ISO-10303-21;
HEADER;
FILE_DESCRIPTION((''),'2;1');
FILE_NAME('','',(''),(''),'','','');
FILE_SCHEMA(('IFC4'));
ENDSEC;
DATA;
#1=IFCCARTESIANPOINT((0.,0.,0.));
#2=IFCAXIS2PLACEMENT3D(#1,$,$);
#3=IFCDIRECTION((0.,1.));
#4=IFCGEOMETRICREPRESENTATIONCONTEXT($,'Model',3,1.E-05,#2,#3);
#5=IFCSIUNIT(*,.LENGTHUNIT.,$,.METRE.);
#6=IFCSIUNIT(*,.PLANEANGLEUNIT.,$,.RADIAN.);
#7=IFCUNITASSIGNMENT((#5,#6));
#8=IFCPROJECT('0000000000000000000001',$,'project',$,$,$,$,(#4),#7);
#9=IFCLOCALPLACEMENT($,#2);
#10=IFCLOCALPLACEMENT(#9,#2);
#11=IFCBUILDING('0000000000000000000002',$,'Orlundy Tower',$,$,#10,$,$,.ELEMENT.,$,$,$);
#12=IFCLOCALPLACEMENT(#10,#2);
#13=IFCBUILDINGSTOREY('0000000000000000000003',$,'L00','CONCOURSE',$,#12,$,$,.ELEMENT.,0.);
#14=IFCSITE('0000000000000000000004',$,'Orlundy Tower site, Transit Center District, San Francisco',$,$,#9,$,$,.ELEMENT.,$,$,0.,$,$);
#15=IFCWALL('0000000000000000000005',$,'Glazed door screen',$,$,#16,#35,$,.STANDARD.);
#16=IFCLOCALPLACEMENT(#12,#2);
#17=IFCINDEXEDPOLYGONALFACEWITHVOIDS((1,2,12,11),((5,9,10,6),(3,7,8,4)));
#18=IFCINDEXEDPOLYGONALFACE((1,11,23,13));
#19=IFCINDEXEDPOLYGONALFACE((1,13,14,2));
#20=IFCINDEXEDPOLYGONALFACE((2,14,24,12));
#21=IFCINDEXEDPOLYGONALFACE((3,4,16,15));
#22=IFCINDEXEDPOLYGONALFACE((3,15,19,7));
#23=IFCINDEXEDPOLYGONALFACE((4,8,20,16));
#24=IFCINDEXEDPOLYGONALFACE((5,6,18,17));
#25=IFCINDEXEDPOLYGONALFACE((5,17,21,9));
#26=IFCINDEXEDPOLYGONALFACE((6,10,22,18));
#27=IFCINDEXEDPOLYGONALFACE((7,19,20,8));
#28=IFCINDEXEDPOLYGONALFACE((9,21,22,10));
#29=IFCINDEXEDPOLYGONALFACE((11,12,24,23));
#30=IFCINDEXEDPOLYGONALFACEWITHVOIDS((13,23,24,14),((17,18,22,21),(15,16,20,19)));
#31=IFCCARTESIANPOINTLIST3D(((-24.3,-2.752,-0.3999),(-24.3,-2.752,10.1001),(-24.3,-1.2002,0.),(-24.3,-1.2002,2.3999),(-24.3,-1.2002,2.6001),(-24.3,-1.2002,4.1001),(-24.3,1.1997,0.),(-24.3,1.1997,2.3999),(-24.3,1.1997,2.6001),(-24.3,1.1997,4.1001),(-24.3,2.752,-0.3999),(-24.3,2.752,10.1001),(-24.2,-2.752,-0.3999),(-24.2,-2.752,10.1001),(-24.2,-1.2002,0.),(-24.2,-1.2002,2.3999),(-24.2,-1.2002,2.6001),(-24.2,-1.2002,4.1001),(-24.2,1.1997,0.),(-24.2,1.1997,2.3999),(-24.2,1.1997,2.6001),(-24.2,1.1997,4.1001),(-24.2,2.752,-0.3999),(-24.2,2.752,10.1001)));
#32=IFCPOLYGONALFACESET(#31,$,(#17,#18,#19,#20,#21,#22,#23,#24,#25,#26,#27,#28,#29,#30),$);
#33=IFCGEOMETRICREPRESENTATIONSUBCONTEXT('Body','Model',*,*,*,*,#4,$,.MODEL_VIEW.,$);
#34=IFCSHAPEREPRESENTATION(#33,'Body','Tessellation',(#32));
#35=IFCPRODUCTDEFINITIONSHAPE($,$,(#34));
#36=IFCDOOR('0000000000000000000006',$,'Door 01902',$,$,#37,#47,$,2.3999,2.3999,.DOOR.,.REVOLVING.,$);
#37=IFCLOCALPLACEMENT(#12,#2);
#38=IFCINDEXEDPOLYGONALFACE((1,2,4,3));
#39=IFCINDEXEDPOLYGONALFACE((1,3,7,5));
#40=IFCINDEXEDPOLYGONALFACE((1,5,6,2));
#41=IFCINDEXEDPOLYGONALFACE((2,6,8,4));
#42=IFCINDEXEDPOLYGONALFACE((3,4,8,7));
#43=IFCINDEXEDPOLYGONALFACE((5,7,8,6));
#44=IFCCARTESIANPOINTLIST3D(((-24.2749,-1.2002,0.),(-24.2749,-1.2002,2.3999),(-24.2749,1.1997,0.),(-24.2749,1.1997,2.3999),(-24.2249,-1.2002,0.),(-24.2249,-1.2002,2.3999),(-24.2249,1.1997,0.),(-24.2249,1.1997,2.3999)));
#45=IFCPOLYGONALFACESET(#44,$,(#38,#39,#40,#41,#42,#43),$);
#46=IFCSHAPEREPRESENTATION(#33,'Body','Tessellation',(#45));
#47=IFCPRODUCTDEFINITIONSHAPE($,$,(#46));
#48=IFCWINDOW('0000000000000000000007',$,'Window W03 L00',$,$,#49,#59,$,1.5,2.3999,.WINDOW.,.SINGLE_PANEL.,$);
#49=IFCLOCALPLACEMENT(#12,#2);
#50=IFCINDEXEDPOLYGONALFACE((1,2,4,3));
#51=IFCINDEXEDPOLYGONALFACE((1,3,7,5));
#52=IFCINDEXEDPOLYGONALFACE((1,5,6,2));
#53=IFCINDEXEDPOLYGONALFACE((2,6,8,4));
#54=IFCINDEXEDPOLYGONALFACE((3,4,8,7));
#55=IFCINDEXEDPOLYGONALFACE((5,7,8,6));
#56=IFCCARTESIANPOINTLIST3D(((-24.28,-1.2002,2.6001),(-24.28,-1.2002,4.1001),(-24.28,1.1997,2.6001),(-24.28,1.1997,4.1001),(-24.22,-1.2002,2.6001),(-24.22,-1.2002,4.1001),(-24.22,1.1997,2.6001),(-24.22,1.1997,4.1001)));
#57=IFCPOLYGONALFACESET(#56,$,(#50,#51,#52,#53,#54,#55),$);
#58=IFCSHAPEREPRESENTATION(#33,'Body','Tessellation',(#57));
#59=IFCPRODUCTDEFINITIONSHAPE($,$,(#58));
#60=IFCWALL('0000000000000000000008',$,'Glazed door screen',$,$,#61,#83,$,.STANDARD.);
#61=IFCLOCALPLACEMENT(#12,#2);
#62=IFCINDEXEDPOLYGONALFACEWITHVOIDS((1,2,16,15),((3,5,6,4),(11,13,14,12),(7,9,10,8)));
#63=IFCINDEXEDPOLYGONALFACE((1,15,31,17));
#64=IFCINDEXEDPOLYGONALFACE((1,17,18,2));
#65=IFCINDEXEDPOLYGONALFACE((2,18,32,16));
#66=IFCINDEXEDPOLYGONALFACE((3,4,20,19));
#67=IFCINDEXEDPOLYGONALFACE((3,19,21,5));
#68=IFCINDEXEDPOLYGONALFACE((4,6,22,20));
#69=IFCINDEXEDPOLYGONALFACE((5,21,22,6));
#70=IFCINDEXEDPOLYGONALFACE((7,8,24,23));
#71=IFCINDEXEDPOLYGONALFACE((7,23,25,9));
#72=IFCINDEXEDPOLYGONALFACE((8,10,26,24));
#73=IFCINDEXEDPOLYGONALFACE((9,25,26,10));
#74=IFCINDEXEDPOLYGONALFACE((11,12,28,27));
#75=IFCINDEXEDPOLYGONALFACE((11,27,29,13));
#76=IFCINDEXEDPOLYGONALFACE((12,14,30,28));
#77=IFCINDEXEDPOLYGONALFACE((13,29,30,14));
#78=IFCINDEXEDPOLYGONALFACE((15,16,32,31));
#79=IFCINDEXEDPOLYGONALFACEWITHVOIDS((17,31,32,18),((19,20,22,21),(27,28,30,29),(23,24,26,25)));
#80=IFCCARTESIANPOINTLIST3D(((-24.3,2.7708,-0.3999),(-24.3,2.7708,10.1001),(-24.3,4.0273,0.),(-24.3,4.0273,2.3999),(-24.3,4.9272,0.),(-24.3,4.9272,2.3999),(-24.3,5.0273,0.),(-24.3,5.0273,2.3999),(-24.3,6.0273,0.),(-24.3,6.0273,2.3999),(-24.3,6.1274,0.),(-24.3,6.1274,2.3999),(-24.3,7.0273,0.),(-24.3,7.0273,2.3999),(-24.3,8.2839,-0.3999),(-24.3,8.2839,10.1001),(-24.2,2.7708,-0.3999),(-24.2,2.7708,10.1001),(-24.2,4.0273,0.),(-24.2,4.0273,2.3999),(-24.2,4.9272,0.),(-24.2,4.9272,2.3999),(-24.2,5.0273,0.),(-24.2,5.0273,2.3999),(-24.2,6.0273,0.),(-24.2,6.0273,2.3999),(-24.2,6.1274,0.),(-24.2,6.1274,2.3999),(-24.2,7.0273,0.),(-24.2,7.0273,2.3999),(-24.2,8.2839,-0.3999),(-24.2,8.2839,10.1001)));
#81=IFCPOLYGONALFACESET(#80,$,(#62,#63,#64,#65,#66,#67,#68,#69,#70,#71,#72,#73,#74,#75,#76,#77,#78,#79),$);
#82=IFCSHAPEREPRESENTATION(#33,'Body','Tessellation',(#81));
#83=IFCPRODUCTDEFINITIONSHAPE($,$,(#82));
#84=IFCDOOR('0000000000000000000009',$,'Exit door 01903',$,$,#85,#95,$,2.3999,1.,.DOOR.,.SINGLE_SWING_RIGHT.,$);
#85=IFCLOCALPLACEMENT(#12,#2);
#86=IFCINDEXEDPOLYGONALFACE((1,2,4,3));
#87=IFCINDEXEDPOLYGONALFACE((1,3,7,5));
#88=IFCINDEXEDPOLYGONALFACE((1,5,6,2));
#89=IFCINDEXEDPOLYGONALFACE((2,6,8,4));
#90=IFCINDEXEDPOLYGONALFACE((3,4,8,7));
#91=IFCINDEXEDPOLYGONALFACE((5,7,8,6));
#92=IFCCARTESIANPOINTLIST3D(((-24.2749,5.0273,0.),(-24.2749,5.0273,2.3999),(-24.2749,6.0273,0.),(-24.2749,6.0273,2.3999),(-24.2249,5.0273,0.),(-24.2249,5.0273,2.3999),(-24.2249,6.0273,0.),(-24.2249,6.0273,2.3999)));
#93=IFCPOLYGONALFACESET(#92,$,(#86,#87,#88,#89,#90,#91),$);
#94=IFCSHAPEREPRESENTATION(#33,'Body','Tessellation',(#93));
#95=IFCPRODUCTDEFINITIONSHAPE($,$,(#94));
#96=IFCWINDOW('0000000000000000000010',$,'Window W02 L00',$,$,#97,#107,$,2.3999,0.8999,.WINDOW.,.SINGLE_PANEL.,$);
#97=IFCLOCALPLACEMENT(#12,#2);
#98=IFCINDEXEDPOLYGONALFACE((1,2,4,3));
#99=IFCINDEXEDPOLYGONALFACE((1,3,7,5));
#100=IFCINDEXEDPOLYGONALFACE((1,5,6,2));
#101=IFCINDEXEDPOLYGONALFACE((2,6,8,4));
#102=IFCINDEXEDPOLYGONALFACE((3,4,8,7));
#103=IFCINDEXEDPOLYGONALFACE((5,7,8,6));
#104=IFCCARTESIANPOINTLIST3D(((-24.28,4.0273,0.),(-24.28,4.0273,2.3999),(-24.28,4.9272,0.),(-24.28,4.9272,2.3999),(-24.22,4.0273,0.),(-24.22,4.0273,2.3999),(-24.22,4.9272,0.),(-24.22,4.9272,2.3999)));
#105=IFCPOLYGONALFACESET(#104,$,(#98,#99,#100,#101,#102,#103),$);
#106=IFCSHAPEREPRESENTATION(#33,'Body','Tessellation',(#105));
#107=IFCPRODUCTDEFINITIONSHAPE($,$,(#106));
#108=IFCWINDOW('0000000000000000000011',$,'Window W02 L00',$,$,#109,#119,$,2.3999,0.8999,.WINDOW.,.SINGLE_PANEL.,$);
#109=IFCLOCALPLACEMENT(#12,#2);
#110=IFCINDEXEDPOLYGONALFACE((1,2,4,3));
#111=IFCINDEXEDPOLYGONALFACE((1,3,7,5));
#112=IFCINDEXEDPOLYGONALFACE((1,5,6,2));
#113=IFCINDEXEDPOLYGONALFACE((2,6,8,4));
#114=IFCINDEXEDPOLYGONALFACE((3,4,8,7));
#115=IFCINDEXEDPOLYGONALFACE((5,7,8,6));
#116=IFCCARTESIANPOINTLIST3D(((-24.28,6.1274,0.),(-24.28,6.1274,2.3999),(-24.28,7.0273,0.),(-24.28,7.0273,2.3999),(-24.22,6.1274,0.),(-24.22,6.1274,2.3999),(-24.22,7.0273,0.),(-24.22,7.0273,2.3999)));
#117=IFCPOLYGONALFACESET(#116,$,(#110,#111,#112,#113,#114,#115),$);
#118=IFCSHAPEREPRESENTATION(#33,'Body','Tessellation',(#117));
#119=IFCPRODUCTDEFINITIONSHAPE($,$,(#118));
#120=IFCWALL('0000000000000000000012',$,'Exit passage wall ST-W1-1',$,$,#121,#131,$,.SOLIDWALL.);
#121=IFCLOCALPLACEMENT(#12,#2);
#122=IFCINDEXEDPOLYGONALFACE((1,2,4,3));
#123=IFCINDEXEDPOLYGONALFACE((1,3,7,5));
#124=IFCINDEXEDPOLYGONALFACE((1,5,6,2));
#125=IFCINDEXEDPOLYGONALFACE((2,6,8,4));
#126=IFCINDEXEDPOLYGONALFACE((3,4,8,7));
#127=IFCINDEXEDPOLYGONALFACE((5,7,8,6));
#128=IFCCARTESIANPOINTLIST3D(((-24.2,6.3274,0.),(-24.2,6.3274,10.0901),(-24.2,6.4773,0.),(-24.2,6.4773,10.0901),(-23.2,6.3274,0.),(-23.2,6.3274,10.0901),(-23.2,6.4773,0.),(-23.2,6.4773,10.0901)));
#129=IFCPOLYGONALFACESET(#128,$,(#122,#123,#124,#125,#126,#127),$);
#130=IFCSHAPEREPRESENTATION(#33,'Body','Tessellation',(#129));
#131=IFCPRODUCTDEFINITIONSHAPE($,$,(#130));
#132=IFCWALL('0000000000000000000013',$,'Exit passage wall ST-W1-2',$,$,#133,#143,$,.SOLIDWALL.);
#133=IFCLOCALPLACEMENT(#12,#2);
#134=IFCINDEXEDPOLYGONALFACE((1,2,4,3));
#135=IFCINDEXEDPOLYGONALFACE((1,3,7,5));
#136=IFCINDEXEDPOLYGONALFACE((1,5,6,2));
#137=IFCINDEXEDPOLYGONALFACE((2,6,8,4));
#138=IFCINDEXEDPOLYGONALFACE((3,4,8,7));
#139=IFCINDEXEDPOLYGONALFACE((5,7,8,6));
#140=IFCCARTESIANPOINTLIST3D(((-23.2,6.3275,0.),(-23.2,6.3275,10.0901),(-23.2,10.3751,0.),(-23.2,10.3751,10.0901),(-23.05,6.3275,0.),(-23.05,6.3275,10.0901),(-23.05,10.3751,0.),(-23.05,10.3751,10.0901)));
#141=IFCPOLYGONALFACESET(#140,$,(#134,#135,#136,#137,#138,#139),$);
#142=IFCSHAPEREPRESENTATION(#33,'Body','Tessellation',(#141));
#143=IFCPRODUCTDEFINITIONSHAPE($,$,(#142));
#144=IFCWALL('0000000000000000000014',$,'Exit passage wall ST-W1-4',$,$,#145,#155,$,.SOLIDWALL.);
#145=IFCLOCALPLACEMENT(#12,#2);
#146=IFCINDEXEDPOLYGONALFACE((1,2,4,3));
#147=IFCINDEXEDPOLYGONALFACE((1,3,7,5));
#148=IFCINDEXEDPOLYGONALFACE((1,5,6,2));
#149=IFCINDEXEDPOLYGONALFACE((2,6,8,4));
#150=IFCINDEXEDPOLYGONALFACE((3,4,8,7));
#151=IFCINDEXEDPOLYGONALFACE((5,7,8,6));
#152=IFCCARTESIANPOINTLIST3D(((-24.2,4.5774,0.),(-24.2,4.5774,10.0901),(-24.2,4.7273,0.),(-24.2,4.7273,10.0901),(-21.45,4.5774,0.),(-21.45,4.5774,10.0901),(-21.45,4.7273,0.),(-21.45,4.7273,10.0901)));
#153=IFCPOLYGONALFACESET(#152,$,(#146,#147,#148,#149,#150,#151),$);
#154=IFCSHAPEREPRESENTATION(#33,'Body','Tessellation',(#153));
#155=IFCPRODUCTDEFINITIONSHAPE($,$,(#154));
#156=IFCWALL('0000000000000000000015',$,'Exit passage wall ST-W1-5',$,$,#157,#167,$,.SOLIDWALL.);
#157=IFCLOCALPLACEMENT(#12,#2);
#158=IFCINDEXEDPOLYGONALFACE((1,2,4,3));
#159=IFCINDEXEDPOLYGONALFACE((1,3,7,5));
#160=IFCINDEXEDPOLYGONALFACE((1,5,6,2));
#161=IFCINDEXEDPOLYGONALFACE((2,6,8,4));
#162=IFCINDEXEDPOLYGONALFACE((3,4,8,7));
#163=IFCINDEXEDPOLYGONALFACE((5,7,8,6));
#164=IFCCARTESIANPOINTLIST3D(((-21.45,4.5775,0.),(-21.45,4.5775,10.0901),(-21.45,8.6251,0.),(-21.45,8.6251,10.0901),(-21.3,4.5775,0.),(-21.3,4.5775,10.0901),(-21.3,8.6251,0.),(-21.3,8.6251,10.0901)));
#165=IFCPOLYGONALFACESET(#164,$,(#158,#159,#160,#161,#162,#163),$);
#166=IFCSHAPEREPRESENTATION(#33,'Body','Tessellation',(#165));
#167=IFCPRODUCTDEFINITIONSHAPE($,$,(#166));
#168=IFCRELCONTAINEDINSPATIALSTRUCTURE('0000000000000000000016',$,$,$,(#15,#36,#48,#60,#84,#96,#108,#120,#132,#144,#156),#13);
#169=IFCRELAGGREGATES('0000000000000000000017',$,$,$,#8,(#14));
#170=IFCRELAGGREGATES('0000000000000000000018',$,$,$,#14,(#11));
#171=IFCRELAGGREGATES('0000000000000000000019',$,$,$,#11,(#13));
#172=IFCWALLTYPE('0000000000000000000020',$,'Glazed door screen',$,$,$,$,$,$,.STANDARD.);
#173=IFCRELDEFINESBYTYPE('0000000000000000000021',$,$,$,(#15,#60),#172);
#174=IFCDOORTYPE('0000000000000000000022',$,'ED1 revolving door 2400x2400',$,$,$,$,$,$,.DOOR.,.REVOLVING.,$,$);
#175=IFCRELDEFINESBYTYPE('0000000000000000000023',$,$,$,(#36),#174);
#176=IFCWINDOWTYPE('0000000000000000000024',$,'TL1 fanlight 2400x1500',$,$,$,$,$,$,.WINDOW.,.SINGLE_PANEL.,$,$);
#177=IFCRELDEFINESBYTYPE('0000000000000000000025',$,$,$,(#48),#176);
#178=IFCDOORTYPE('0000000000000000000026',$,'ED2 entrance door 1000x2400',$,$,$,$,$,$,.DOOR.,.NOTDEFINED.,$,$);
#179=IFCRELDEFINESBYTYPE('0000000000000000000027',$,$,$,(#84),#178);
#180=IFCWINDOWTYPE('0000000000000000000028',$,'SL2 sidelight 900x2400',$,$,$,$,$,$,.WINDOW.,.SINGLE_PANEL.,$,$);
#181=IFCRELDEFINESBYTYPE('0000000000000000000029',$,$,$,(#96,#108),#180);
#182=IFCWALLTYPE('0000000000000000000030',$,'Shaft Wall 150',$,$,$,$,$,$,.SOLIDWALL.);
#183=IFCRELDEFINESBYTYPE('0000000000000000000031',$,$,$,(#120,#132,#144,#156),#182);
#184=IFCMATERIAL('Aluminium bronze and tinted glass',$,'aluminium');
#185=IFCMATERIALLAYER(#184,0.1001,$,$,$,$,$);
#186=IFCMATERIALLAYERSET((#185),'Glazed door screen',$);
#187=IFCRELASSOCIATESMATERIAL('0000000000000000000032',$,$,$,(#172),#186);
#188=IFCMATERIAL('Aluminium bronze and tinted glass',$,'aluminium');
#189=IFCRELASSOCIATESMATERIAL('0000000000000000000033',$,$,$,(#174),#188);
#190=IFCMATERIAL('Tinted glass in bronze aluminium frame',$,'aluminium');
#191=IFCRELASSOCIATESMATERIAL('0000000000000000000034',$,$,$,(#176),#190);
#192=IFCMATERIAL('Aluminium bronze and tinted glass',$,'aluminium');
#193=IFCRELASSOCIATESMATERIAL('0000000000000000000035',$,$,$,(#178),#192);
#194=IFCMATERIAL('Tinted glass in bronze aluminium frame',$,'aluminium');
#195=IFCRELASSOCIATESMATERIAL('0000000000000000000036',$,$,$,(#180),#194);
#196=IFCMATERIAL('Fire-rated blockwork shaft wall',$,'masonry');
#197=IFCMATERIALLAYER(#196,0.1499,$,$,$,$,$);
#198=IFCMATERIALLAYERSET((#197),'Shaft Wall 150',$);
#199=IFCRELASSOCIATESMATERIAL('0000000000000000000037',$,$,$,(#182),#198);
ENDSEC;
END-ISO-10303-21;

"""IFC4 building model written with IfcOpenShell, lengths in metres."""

from ifc_helpers import new_model, si_unit, direction, frame, frame_2d, origin, place, context, subcontext, project, spatial, rectangle, extrude, material, layer, layer_set, type_object, element, fill, save


model = new_model("IFC4")

# Units and contexts
model_context = context("Model", 3, precision=1e-05, world=origin(), true_north=direction((0.0, 1.0)))
body_context = subcontext(model_context, "Body", "Model", "MODEL_VIEW")
ifc_project = project(units=[si_unit("LENGTHUNIT", "METRE"), si_unit("PLANEANGLEUNIT", "RADIAN")], contexts=[model_context])

# Site, building, storey
site_placement = place(None, origin())
site = spatial("IfcSite", under=ifc_project, at=site_placement, Name="Orlundy Tower site, Transit Center District, San Francisco", CompositionType="ELEMENT", RefElevation=0.0)
building_placement = place(site_placement, origin())
building = spatial("IfcBuilding", under=site, at=building_placement, Name="Orlundy Tower", CompositionType="ELEMENT")
storey_placement = place(building_placement, origin())
storey = spatial("IfcBuildingStorey", under=building, at=storey_placement, Name="L00", Description="CONCOURSE", CompositionType="ELEMENT", Elevation=0.0)

# Wall, openings, door, window
ifc_material_1 = material(Name="Aluminium bronze and tinted glass", Category="aluminium")
ifc_layer_1 = layer(ifc_material_1, 0.1001)
ifc_layer_set_1 = layer_set([ifc_layer_1], Name="Glazed door screen")
wall_type_1 = type_object("IfcWallType", Name="Glazed door screen", PredefinedType="STANDARD", material=ifc_layer_set_1)
wall_1_placement = place(storey_placement, frame((-24.25, -2.752, -0.3999), z_axis=(0.0, 0.0, 1.0), x_axis=(0.0, 1.0, 0.0)))
wall_1 = element("IfcWall", 1, at=wall_1_placement, inside=storey, type_object=wall_type_1, Name="Glazed door screen", PredefinedType="STANDARD", context=body_context, shape_type="SweptSolid", body=[
    extrude(rectangle(XDim=5.5039, YDim=0.1001, at=frame_2d((2.752, 0.0))), origin(), (0.0, 0.0, 1.0), 10.5),
])
opening_1_placement = place(wall_1_placement, frame((1.5518, 0.0, 0.3999)))
opening_1 = element("IfcOpeningElement", 2, at=opening_1_placement, cuts=wall_1, PredefinedType="OPENING", context=body_context, shape_type="SweptSolid", body=[
    extrude(rectangle(XDim=2.3999, YDim=2.3999, at=frame_2d((1.2, 1.2))), frame((0.0, 0.0601, 0.0), z_axis=(0.0, -1.0, 0.0), x_axis=(1.0, 0.0, 0.0)), (0.0, 0.0, 1.0), 0.1201),
])
opening_2_placement = place(wall_1_placement, frame((1.5518, 0.0, 3.0)))
opening_2 = element("IfcOpeningElement", 3, at=opening_2_placement, cuts=wall_1, PredefinedType="OPENING", context=body_context, shape_type="SweptSolid", body=[
    extrude(rectangle(XDim=2.3999, YDim=1.5, at=frame_2d((1.2, 0.75))), frame((0.0, 0.0601, 0.0), z_axis=(0.0, -1.0, 0.0), x_axis=(1.0, 0.0, 0.0)), (0.0, 0.0, 1.0), 0.1201),
])
ifc_material_2 = material(Name="Aluminium bronze and tinted glass", Category="aluminium")
door_type_1 = type_object("IfcDoorType", Name="ED1 revolving door 2400x2400", OperationType="REVOLVING", PredefinedType="DOOR", material=ifc_material_2)
door_1_placement = place(opening_1_placement, origin())
door_1 = element("IfcDoor", 4, at=door_1_placement, inside=storey, type_object=door_type_1, Name="Door 01902", OperationType="REVOLVING", OverallHeight=2.3999, OverallWidth=2.3999, PredefinedType="DOOR", context=body_context, shape_type="SweptSolid", body=[
    extrude(rectangle(XDim=2.3999, YDim=2.3999, at=frame_2d((1.2, 1.2))), frame((0.0, 0.0249, 0.0), z_axis=(0.0, -1.0, 0.0), x_axis=(1.0, 0.0, 0.0)), (0.0, 0.0, 1.0), 0.05),
])
fill(opening_1, door_1)
ifc_material_3 = material(Name="Tinted glass in bronze aluminium frame", Category="aluminium")
window_type_1 = type_object("IfcWindowType", Name="TL1 fanlight 2400x1500", PartitioningType="SINGLE_PANEL", PredefinedType="WINDOW", material=ifc_material_3)
window_1_placement = place(opening_2_placement, origin())
window_1 = element("IfcWindow", 5, at=window_1_placement, inside=storey, type_object=window_type_1, Name="Window W03 L00", OverallHeight=1.5, OverallWidth=2.3999, PartitioningType="SINGLE_PANEL", PredefinedType="WINDOW", context=body_context, shape_type="SweptSolid", body=[
    extrude(rectangle(XDim=2.3999, YDim=1.5, at=frame_2d((1.2, 0.75))), frame((0.0, 0.03, 0.0), z_axis=(0.0, -1.0, 0.0), x_axis=(1.0, 0.0, 0.0)), (0.0, 0.0, 1.0), 0.0601),
])
fill(opening_2, window_1)

# Wall, openings, door, windows
wall_2_placement = place(storey_placement, frame((-24.25, 2.7708, -0.3999), z_axis=(0.0, 0.0, 1.0), x_axis=(0.0, 1.0, 0.0)))
wall_2 = element("IfcWall", 6, at=wall_2_placement, inside=storey, type_object=wall_type_1, Name="Glazed door screen", PredefinedType="STANDARD", context=body_context, shape_type="SweptSolid", body=[
    extrude(rectangle(XDim=5.5132, YDim=0.1001, at=frame_2d((2.7566, 0.0))), origin(), (0.0, 0.0, 1.0), 10.5),
])
opening_3_placement = place(wall_2_placement, frame((2.2566, 0.0, 0.3999)))
opening_3 = element("IfcOpeningElement", 7, at=opening_3_placement, cuts=wall_2, PredefinedType="OPENING", context=body_context, shape_type="SweptSolid", body=[
    extrude(rectangle(XDim=1.0, YDim=2.3999, at=frame_2d((0.5, 1.2))), frame((0.0, 0.0601, 0.0), z_axis=(0.0, -1.0, 0.0), x_axis=(1.0, 0.0, 0.0)), (0.0, 0.0, 1.0), 0.1201),
])
opening_4_placement = place(wall_2_placement, frame((1.2566, 0.0, 0.3999)))
opening_4 = element("IfcOpeningElement", 8, at=opening_4_placement, cuts=wall_2, PredefinedType="OPENING", context=body_context, shape_type="SweptSolid", body=[
    extrude(rectangle(XDim=0.8999, YDim=2.3999, at=frame_2d((0.45, 1.2))), frame((0.0, 0.0601, 0.0), z_axis=(0.0, -1.0, 0.0), x_axis=(1.0, 0.0, 0.0)), (0.0, 0.0, 1.0), 0.1201),
])
opening_5_placement = place(wall_2_placement, frame((3.3567, 0.0, 0.3999)))
opening_5 = element("IfcOpeningElement", 9, at=opening_5_placement, cuts=wall_2, PredefinedType="OPENING", context=body_context, shape_type="SweptSolid", body=[
    extrude(rectangle(XDim=0.8999, YDim=2.3999, at=frame_2d((0.45, 1.2))), frame((0.0, 0.0601, 0.0), z_axis=(0.0, -1.0, 0.0), x_axis=(1.0, 0.0, 0.0)), (0.0, 0.0, 1.0), 0.1201),
])
ifc_material_4 = material(Name="Aluminium bronze and tinted glass", Category="aluminium")
door_type_2 = type_object("IfcDoorType", Name="ED2 entrance door 1000x2400", OperationType="NOTDEFINED", PredefinedType="DOOR", material=ifc_material_4)
door_2_placement = place(opening_3_placement, origin())
door_2 = element("IfcDoor", 10, at=door_2_placement, inside=storey, type_object=door_type_2, Name="Exit door 01903", OperationType="SINGLE_SWING_RIGHT", OverallHeight=2.3999, OverallWidth=1.0, PredefinedType="DOOR", context=body_context, shape_type="SweptSolid", body=[
    extrude(rectangle(XDim=1.0, YDim=2.3999, at=frame_2d((0.5, 1.2))), frame((0.0, 0.0249, 0.0), z_axis=(0.0, -1.0, 0.0), x_axis=(1.0, 0.0, 0.0)), (0.0, 0.0, 1.0), 0.05),
])
fill(opening_3, door_2)
ifc_material_5 = material(Name="Tinted glass in bronze aluminium frame", Category="aluminium")
window_type_2 = type_object("IfcWindowType", Name="SL2 sidelight 900x2400", PartitioningType="SINGLE_PANEL", PredefinedType="WINDOW", material=ifc_material_5)
window_2_placement = place(opening_4_placement, origin())
window_2 = element("IfcWindow", 11, at=window_2_placement, inside=storey, type_object=window_type_2, Name="Window W02 L00", OverallHeight=2.3999, OverallWidth=0.8999, PartitioningType="SINGLE_PANEL", PredefinedType="WINDOW", context=body_context, shape_type="SweptSolid", body=[
    extrude(rectangle(XDim=0.8999, YDim=2.3999, at=frame_2d((0.45, 1.2))), frame((0.0, 0.03, 0.0), z_axis=(0.0, -1.0, 0.0), x_axis=(1.0, 0.0, 0.0)), (0.0, 0.0, 1.0), 0.0601),
])
fill(opening_4, window_2)
window_3_placement = place(opening_5_placement, origin())
window_3 = element("IfcWindow", 12, at=window_3_placement, inside=storey, type_object=window_type_2, Name="Window W02 L00", OverallHeight=2.3999, OverallWidth=0.8999, PartitioningType="SINGLE_PANEL", PredefinedType="WINDOW", context=body_context, shape_type="SweptSolid", body=[
    extrude(rectangle(XDim=0.8999, YDim=2.3999, at=frame_2d((0.45, 1.2))), frame((0.0, 0.03, 0.0), z_axis=(0.0, -1.0, 0.0), x_axis=(1.0, 0.0, 0.0)), (0.0, 0.0, 1.0), 0.0601),
])
fill(opening_5, window_3)

# Walls
ifc_material_6 = material(Name="Fire-rated blockwork shaft wall", Category="masonry")
ifc_layer_2 = layer(ifc_material_6, 0.1499)
ifc_layer_set_2 = layer_set([ifc_layer_2], Name="Shaft Wall 150")
wall_type_2 = type_object("IfcWallType", Name="Shaft Wall 150", PredefinedType="SOLIDWALL", material=ifc_layer_set_2)
wall_3_placement = place(storey_placement, frame((-24.2, 6.4023, 0.0), z_axis=(0.0, 0.0, 1.0), x_axis=(1.0, 0.0, 0.0)))
element("IfcWall", 13, at=wall_3_placement, inside=storey, type_object=wall_type_2, Name="Exit passage wall ST-W1-1", PredefinedType="SOLIDWALL", context=body_context, shape_type="SweptSolid", body=[
    extrude(rectangle(XDim=1.0, YDim=0.1499, at=frame_2d((0.5, 0.0))), origin(), (0.0, 0.0, 1.0), 10.0901),
])
wall_4_placement = place(storey_placement, frame((-23.125, 6.3274, 0.0), z_axis=(0.0, 0.0, 1.0), x_axis=(0.0, 1.0, 0.0)))
element("IfcWall", 14, at=wall_4_placement, inside=storey, type_object=wall_type_2, Name="Exit passage wall ST-W1-2", PredefinedType="SOLIDWALL", context=body_context, shape_type="SweptSolid", body=[
    extrude(rectangle(XDim=4.0476, YDim=0.1499, at=frame_2d((2.0239, 0.0))), origin(), (0.0, 0.0, 1.0), 10.0901),
])
wall_5_placement = place(storey_placement, frame((-24.2, 4.6523, 0.0), z_axis=(0.0, 0.0, 1.0), x_axis=(1.0, 0.0, 0.0)))
element("IfcWall", 15, at=wall_5_placement, inside=storey, type_object=wall_type_2, Name="Exit passage wall ST-W1-4", PredefinedType="SOLIDWALL", context=body_context, shape_type="SweptSolid", body=[
    extrude(rectangle(XDim=2.75, YDim=0.1499, at=frame_2d((1.375, 0.0))), origin(), (0.0, 0.0, 1.0), 10.0901),
])
wall_6_placement = place(storey_placement, frame((-21.375, 4.5774, 0.0), z_axis=(0.0, 0.0, 1.0), x_axis=(0.0, 1.0, 0.0)))
element("IfcWall", 16, at=wall_6_placement, inside=storey, type_object=wall_type_2, Name="Exit passage wall ST-W1-5", PredefinedType="SOLIDWALL", context=body_context, shape_type="SweptSolid", body=[
    extrude(rectangle(XDim=4.0476, YDim=0.1499, at=frame_2d((2.0239, 0.0))), origin(), (0.0, 0.0, 1.0), 10.0901),
])

save(model, "model.ifc")
